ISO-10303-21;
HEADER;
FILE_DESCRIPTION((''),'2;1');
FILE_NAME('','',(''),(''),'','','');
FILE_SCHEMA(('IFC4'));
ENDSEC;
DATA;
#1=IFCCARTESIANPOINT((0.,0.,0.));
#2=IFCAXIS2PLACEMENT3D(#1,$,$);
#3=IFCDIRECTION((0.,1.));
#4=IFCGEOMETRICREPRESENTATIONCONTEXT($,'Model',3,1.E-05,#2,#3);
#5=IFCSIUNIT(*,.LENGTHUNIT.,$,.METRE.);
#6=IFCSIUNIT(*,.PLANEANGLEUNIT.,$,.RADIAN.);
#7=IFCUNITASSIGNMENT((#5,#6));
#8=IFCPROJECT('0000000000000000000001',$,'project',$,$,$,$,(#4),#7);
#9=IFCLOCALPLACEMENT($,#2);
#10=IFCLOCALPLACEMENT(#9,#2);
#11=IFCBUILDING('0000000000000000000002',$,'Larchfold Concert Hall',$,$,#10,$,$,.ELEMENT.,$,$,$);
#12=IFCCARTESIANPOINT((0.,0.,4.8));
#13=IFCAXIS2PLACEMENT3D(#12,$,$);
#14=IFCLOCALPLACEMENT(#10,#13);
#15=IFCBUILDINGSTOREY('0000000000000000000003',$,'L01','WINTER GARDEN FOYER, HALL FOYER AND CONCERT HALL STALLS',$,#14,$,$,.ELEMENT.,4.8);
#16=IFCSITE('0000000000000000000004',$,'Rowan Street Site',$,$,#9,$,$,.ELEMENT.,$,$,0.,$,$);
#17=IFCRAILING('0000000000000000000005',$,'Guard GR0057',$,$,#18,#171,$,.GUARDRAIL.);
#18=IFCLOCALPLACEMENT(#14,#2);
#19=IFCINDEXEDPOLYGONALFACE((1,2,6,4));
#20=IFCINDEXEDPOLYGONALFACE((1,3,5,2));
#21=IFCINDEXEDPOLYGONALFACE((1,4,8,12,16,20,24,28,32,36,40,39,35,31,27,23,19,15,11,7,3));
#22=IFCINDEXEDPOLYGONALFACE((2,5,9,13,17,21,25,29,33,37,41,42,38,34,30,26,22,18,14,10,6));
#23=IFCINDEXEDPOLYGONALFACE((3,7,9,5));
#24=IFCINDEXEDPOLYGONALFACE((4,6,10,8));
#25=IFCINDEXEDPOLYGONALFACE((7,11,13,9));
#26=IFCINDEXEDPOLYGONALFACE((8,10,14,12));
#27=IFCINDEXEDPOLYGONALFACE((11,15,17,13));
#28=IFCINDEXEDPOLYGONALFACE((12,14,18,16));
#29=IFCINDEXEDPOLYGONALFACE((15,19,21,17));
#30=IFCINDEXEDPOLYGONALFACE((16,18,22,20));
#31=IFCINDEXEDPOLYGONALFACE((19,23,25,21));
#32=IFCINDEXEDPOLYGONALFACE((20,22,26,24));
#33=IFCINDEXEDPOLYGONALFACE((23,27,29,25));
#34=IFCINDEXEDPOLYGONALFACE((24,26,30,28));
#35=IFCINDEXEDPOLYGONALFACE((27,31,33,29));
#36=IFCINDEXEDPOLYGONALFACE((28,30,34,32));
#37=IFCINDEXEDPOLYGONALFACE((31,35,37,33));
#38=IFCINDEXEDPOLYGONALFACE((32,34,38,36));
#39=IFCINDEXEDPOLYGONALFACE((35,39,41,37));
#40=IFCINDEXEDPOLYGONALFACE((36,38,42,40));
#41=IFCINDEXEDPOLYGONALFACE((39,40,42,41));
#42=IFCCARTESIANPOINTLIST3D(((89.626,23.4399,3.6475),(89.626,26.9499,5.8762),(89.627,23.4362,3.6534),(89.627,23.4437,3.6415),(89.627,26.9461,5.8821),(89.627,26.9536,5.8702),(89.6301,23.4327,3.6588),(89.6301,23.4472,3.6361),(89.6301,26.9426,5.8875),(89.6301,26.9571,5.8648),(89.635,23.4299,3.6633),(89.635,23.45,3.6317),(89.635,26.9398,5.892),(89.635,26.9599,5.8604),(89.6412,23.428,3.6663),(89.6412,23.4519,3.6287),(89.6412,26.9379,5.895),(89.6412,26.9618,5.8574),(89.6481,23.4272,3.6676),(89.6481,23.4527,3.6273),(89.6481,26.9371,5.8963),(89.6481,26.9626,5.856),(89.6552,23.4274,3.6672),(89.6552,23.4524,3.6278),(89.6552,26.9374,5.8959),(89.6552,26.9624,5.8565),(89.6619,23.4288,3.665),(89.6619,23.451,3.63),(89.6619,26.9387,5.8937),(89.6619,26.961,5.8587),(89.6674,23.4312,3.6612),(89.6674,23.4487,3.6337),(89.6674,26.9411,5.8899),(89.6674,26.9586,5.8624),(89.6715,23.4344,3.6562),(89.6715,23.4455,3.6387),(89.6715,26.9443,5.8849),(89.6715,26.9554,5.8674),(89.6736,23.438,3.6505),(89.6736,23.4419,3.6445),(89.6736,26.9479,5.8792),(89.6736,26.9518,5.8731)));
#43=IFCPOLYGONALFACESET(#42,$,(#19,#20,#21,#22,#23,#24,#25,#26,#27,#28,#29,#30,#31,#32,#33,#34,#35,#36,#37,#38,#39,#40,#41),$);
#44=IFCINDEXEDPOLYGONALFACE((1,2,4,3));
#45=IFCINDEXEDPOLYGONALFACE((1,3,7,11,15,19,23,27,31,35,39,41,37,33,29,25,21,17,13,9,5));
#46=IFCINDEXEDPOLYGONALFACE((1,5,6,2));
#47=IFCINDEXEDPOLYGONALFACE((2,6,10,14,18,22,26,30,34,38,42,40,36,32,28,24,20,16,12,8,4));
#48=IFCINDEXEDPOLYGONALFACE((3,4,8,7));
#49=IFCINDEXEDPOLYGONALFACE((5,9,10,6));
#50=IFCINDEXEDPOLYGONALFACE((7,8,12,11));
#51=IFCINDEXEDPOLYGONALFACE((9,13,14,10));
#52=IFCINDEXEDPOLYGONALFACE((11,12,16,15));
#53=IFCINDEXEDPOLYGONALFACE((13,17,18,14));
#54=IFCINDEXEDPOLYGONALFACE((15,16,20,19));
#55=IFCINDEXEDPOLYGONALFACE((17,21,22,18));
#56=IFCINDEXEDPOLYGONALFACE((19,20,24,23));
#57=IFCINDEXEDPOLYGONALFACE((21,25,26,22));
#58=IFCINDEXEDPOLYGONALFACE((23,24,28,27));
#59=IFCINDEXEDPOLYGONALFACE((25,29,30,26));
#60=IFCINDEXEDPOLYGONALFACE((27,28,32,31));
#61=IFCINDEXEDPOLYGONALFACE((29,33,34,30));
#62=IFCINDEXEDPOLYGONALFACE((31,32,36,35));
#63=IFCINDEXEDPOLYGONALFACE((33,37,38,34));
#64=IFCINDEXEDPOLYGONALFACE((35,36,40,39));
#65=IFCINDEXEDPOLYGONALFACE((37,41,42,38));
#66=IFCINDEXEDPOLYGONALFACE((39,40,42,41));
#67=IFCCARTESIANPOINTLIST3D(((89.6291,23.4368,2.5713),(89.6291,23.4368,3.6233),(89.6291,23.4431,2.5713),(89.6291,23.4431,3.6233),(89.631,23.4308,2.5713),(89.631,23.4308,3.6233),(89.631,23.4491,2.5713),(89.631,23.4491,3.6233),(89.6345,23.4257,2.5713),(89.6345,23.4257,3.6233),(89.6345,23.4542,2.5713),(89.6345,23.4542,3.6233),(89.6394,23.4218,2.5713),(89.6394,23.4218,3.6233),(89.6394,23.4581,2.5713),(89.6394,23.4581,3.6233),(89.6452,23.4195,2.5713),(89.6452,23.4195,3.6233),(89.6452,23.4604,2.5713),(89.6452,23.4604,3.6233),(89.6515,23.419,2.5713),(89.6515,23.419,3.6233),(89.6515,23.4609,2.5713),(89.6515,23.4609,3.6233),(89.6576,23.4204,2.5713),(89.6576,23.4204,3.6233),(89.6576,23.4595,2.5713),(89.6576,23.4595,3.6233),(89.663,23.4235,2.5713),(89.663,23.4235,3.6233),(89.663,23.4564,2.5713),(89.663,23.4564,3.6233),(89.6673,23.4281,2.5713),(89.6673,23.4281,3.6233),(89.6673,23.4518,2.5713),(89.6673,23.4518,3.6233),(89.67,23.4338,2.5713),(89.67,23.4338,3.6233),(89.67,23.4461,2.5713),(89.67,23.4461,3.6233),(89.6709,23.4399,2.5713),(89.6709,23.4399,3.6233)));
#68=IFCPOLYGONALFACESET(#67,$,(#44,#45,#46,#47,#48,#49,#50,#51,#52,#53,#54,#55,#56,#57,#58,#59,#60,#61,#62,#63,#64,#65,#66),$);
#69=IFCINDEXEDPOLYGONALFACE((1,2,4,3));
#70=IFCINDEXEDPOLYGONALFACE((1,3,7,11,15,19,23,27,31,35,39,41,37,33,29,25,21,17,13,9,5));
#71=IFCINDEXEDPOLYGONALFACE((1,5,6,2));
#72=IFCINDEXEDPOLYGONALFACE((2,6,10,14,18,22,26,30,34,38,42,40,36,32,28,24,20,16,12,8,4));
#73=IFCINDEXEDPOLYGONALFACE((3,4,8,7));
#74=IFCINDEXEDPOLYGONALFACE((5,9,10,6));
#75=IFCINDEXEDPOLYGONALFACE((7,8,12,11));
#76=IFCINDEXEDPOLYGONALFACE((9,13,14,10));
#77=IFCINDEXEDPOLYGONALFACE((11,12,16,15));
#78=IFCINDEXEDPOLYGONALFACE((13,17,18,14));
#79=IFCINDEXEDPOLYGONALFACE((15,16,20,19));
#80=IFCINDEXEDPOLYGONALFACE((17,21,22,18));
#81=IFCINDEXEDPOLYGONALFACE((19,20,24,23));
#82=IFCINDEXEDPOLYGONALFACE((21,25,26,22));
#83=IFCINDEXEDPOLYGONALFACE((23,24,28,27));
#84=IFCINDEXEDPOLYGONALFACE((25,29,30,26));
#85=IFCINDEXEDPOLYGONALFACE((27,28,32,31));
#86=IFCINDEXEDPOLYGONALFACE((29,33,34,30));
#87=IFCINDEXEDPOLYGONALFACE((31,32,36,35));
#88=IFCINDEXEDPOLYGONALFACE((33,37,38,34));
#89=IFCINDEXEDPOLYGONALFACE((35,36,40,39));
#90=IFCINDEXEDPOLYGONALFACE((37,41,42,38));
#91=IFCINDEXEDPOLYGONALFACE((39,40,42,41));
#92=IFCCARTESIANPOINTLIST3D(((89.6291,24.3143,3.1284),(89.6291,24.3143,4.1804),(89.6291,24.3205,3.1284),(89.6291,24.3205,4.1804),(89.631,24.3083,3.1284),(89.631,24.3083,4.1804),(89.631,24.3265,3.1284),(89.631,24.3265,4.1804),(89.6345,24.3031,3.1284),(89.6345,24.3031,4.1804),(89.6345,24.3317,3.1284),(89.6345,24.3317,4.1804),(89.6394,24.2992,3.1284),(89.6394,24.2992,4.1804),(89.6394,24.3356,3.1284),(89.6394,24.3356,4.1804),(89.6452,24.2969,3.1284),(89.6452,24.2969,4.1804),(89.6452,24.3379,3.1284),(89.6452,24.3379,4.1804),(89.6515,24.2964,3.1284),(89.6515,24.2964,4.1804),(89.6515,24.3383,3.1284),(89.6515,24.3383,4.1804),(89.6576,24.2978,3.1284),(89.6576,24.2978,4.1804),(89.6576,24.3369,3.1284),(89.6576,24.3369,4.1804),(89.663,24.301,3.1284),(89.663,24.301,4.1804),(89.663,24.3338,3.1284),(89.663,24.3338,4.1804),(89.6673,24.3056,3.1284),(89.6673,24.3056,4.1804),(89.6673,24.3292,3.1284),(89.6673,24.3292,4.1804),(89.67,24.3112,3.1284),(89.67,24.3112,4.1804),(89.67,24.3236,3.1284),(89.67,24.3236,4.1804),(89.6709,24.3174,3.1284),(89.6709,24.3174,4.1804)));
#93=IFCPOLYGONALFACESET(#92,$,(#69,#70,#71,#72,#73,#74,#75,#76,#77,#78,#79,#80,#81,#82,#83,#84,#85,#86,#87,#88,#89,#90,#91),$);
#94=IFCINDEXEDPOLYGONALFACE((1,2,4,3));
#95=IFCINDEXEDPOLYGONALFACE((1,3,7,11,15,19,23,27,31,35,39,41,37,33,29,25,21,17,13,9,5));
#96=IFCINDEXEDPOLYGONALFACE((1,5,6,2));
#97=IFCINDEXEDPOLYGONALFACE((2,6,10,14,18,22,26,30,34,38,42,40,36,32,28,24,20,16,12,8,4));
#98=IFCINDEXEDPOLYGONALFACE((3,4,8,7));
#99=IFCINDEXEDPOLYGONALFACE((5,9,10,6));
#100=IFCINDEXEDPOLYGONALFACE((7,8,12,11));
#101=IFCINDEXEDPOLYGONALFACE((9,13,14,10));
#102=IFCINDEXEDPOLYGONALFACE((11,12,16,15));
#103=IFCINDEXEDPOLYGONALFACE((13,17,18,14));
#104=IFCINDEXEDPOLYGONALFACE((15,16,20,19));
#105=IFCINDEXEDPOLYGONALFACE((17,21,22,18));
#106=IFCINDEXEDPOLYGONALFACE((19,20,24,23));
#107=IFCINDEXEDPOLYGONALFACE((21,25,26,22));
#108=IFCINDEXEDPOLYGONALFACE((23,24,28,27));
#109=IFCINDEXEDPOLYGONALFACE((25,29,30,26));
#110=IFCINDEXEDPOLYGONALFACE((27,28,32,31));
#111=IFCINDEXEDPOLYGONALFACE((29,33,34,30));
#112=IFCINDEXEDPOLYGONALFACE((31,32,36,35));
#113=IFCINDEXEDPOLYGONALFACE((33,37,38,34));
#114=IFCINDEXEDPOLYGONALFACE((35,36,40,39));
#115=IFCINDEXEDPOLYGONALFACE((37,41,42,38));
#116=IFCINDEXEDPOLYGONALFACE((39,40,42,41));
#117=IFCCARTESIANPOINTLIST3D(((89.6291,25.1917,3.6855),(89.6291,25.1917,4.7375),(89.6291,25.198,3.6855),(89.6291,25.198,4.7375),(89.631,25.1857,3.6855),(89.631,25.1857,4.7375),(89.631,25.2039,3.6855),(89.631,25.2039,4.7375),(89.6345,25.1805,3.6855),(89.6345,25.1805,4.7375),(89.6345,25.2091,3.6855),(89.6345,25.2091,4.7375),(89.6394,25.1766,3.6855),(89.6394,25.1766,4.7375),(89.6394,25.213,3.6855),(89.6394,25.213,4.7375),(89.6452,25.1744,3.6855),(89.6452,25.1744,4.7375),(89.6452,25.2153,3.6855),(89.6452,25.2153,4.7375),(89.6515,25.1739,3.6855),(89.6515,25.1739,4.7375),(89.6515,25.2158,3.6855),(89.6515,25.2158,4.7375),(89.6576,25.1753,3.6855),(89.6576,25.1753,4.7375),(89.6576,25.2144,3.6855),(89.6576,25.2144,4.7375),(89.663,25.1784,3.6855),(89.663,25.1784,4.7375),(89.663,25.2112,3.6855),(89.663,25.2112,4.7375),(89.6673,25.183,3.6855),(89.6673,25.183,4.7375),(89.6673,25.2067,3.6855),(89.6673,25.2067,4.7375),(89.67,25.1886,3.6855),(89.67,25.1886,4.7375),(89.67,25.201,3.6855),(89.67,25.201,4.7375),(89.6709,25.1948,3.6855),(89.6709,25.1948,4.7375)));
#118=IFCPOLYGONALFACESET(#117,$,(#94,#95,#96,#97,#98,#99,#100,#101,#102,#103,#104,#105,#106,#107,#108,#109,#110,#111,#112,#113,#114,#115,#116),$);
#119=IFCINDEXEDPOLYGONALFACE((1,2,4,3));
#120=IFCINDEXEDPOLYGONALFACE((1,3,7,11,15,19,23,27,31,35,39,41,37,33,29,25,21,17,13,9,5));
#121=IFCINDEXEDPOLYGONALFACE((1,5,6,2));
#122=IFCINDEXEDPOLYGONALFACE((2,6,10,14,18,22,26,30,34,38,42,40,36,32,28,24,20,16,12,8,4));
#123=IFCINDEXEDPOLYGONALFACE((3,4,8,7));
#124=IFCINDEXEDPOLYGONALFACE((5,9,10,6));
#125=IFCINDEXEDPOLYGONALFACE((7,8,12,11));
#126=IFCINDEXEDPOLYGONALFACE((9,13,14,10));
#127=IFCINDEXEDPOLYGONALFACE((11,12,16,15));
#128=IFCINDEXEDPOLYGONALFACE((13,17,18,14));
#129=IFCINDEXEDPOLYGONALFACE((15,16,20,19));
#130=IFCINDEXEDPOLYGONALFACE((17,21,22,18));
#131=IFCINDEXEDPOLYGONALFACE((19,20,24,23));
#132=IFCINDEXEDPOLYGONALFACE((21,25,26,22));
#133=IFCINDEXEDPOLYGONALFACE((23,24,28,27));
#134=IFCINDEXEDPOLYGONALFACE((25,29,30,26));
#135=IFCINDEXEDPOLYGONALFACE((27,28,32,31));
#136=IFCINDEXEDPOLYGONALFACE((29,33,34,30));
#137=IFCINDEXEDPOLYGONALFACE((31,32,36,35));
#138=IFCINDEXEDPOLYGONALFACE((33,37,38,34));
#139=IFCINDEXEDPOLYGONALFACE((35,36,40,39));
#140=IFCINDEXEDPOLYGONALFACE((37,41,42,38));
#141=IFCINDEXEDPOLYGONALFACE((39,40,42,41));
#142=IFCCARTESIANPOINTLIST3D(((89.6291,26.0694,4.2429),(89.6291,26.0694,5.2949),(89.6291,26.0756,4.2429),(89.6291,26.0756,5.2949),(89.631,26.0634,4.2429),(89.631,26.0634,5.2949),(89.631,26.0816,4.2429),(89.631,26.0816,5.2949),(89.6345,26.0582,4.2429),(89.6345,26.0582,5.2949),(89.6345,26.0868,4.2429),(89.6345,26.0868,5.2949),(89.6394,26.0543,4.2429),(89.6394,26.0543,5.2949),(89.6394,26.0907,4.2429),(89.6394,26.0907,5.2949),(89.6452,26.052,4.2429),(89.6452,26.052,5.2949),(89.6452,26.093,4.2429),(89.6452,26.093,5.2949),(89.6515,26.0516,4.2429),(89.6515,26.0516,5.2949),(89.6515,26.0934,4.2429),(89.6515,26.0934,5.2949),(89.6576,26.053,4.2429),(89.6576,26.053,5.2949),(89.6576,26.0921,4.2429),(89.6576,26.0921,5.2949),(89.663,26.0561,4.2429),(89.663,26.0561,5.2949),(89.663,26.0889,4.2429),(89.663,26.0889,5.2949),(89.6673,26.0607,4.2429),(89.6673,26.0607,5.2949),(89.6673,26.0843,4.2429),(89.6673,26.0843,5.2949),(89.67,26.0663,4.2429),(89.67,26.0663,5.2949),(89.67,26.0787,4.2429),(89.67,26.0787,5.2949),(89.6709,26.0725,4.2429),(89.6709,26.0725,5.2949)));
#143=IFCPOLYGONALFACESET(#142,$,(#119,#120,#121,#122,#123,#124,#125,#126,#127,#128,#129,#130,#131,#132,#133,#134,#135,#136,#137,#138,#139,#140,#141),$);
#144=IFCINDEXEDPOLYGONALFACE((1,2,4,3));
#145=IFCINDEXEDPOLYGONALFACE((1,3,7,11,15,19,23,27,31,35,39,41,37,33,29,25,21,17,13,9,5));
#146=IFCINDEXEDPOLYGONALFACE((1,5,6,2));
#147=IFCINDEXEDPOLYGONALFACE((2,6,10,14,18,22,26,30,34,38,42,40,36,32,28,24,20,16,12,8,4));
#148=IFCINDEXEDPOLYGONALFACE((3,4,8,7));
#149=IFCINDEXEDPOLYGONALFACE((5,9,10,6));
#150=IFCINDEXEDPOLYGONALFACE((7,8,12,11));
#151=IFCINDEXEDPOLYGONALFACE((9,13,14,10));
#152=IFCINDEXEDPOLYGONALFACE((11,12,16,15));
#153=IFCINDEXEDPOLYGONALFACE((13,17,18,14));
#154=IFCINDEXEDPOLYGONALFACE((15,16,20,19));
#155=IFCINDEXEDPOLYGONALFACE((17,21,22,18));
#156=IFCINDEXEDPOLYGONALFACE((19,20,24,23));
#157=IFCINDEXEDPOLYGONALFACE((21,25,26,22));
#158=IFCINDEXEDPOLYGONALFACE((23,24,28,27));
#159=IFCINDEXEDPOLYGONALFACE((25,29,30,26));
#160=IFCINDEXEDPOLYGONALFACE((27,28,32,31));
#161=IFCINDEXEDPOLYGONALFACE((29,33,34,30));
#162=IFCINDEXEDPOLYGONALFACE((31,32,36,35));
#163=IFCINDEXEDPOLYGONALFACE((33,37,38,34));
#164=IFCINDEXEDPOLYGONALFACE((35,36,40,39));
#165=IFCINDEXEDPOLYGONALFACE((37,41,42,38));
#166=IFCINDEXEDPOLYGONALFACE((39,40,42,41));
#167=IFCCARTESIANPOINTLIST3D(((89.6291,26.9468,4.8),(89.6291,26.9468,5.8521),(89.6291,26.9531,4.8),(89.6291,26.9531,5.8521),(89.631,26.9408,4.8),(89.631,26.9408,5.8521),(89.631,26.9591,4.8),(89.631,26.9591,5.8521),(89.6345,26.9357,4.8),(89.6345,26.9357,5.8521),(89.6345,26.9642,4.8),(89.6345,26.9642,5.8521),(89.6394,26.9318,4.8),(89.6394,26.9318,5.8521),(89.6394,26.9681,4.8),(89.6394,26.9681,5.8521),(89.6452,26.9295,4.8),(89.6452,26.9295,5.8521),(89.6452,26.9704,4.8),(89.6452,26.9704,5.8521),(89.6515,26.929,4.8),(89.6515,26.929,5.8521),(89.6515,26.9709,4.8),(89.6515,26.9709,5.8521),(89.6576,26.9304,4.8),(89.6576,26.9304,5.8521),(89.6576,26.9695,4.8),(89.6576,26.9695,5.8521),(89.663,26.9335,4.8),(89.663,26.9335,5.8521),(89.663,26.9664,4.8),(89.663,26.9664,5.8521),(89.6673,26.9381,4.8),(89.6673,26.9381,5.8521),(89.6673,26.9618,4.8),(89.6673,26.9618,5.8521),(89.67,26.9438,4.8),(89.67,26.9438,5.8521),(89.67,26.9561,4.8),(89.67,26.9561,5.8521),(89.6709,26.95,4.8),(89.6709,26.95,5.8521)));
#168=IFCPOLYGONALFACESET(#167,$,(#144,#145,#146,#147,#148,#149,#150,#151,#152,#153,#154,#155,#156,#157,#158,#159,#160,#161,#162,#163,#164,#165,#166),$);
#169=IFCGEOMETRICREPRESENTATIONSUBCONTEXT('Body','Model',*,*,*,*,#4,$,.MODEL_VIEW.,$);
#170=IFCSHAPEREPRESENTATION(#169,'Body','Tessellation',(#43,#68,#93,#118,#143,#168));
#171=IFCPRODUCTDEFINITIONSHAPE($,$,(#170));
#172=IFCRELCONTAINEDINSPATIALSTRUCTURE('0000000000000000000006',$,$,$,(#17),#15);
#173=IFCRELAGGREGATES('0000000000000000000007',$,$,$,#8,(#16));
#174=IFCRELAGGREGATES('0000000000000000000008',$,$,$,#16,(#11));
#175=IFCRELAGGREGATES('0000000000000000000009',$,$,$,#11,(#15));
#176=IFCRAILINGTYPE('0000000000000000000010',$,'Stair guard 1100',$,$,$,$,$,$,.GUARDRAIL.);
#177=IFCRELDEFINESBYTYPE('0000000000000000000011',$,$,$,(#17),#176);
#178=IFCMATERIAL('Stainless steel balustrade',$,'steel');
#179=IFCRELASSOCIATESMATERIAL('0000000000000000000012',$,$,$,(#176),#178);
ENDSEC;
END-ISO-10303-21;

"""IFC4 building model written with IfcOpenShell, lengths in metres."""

from ifc_helpers import new_model, si_unit, direction, frame, origin, origin_2d, place, context, subcontext, project, spatial, circle, extrude, material, type_object, element, save


model = new_model("IFC4")

# Units and contexts
model_context = context("Model", 3, precision=1e-05, world=origin(), true_north=direction((0.0, 1.0)))
body_context = subcontext(model_context, "Body", "Model", "MODEL_VIEW")
ifc_project = project(units=[si_unit("LENGTHUNIT", "METRE"), si_unit("PLANEANGLEUNIT", "RADIAN")], contexts=[model_context])

# Site, building, storey
site_placement = place(None, origin())
site = spatial("IfcSite", under=ifc_project, at=site_placement, Name="Rowan Street Site", CompositionType="ELEMENT", RefElevation=0.0)
building_placement = place(site_placement, origin())
building = spatial("IfcBuilding", under=site, at=building_placement, Name="Larchfold Concert Hall", CompositionType="ELEMENT")
storey_placement = place(building_placement, frame((0.0, 0.0, 4.8)))
storey = spatial("IfcBuildingStorey", under=building, at=storey_placement, Name="L01", Description="WINTER GARDEN FOYER, HALL FOYER AND CONCERT HALL STALLS", CompositionType="ELEMENT", Elevation=4.8)

# Railing
ifc_material_1 = material(Name="Stainless steel balustrade", Category="steel")
railing_type_1 = type_object("IfcRailingType", Name="Stair guard 1100", PredefinedType="GUARDRAIL", material=ifc_material_1)
railing_1_placement = place(storey_placement, frame((89.6499, 23.4399, 2.5713)))
element("IfcRailing", 1, at=railing_1_placement, inside=storey, type_object=railing_type_1, Name="Guard GR0057", PredefinedType="GUARDRAIL", context=body_context, shape_type="SweptSolid", body=[
    extrude(circle(Radius=0.0239, at=origin_2d()), frame((0.0, 0.0, 1.0762), z_axis=(0.0, 0.844193, 0.536039), x_axis=(-1.0, 0.0, 0.0)), (0.0, 0.0, 1.0), 4.1577),
    extrude(circle(Radius=0.021, at=origin_2d()), origin(), (0.0, 0.0, 1.0), 1.052),
    extrude(circle(Radius=0.021, at=origin_2d()), frame((0.0, 0.8774, 0.5571)), (0.0, 0.0, 1.0), 1.052),
    extrude(circle(Radius=0.021, at=origin_2d()), frame((0.0, 1.7549, 1.1143)), (0.0, 0.0, 1.0), 1.052),
    extrude(circle(Radius=0.021, at=origin_2d()), frame((0.0, 2.6326, 1.6716)), (0.0, 0.0, 1.0), 1.052),
    extrude(circle(Radius=0.021, at=origin_2d()), frame((0.0, 3.51, 2.2288)), (0.0, 0.0, 1.0), 1.052),
])

save(model, "model.ifc")
